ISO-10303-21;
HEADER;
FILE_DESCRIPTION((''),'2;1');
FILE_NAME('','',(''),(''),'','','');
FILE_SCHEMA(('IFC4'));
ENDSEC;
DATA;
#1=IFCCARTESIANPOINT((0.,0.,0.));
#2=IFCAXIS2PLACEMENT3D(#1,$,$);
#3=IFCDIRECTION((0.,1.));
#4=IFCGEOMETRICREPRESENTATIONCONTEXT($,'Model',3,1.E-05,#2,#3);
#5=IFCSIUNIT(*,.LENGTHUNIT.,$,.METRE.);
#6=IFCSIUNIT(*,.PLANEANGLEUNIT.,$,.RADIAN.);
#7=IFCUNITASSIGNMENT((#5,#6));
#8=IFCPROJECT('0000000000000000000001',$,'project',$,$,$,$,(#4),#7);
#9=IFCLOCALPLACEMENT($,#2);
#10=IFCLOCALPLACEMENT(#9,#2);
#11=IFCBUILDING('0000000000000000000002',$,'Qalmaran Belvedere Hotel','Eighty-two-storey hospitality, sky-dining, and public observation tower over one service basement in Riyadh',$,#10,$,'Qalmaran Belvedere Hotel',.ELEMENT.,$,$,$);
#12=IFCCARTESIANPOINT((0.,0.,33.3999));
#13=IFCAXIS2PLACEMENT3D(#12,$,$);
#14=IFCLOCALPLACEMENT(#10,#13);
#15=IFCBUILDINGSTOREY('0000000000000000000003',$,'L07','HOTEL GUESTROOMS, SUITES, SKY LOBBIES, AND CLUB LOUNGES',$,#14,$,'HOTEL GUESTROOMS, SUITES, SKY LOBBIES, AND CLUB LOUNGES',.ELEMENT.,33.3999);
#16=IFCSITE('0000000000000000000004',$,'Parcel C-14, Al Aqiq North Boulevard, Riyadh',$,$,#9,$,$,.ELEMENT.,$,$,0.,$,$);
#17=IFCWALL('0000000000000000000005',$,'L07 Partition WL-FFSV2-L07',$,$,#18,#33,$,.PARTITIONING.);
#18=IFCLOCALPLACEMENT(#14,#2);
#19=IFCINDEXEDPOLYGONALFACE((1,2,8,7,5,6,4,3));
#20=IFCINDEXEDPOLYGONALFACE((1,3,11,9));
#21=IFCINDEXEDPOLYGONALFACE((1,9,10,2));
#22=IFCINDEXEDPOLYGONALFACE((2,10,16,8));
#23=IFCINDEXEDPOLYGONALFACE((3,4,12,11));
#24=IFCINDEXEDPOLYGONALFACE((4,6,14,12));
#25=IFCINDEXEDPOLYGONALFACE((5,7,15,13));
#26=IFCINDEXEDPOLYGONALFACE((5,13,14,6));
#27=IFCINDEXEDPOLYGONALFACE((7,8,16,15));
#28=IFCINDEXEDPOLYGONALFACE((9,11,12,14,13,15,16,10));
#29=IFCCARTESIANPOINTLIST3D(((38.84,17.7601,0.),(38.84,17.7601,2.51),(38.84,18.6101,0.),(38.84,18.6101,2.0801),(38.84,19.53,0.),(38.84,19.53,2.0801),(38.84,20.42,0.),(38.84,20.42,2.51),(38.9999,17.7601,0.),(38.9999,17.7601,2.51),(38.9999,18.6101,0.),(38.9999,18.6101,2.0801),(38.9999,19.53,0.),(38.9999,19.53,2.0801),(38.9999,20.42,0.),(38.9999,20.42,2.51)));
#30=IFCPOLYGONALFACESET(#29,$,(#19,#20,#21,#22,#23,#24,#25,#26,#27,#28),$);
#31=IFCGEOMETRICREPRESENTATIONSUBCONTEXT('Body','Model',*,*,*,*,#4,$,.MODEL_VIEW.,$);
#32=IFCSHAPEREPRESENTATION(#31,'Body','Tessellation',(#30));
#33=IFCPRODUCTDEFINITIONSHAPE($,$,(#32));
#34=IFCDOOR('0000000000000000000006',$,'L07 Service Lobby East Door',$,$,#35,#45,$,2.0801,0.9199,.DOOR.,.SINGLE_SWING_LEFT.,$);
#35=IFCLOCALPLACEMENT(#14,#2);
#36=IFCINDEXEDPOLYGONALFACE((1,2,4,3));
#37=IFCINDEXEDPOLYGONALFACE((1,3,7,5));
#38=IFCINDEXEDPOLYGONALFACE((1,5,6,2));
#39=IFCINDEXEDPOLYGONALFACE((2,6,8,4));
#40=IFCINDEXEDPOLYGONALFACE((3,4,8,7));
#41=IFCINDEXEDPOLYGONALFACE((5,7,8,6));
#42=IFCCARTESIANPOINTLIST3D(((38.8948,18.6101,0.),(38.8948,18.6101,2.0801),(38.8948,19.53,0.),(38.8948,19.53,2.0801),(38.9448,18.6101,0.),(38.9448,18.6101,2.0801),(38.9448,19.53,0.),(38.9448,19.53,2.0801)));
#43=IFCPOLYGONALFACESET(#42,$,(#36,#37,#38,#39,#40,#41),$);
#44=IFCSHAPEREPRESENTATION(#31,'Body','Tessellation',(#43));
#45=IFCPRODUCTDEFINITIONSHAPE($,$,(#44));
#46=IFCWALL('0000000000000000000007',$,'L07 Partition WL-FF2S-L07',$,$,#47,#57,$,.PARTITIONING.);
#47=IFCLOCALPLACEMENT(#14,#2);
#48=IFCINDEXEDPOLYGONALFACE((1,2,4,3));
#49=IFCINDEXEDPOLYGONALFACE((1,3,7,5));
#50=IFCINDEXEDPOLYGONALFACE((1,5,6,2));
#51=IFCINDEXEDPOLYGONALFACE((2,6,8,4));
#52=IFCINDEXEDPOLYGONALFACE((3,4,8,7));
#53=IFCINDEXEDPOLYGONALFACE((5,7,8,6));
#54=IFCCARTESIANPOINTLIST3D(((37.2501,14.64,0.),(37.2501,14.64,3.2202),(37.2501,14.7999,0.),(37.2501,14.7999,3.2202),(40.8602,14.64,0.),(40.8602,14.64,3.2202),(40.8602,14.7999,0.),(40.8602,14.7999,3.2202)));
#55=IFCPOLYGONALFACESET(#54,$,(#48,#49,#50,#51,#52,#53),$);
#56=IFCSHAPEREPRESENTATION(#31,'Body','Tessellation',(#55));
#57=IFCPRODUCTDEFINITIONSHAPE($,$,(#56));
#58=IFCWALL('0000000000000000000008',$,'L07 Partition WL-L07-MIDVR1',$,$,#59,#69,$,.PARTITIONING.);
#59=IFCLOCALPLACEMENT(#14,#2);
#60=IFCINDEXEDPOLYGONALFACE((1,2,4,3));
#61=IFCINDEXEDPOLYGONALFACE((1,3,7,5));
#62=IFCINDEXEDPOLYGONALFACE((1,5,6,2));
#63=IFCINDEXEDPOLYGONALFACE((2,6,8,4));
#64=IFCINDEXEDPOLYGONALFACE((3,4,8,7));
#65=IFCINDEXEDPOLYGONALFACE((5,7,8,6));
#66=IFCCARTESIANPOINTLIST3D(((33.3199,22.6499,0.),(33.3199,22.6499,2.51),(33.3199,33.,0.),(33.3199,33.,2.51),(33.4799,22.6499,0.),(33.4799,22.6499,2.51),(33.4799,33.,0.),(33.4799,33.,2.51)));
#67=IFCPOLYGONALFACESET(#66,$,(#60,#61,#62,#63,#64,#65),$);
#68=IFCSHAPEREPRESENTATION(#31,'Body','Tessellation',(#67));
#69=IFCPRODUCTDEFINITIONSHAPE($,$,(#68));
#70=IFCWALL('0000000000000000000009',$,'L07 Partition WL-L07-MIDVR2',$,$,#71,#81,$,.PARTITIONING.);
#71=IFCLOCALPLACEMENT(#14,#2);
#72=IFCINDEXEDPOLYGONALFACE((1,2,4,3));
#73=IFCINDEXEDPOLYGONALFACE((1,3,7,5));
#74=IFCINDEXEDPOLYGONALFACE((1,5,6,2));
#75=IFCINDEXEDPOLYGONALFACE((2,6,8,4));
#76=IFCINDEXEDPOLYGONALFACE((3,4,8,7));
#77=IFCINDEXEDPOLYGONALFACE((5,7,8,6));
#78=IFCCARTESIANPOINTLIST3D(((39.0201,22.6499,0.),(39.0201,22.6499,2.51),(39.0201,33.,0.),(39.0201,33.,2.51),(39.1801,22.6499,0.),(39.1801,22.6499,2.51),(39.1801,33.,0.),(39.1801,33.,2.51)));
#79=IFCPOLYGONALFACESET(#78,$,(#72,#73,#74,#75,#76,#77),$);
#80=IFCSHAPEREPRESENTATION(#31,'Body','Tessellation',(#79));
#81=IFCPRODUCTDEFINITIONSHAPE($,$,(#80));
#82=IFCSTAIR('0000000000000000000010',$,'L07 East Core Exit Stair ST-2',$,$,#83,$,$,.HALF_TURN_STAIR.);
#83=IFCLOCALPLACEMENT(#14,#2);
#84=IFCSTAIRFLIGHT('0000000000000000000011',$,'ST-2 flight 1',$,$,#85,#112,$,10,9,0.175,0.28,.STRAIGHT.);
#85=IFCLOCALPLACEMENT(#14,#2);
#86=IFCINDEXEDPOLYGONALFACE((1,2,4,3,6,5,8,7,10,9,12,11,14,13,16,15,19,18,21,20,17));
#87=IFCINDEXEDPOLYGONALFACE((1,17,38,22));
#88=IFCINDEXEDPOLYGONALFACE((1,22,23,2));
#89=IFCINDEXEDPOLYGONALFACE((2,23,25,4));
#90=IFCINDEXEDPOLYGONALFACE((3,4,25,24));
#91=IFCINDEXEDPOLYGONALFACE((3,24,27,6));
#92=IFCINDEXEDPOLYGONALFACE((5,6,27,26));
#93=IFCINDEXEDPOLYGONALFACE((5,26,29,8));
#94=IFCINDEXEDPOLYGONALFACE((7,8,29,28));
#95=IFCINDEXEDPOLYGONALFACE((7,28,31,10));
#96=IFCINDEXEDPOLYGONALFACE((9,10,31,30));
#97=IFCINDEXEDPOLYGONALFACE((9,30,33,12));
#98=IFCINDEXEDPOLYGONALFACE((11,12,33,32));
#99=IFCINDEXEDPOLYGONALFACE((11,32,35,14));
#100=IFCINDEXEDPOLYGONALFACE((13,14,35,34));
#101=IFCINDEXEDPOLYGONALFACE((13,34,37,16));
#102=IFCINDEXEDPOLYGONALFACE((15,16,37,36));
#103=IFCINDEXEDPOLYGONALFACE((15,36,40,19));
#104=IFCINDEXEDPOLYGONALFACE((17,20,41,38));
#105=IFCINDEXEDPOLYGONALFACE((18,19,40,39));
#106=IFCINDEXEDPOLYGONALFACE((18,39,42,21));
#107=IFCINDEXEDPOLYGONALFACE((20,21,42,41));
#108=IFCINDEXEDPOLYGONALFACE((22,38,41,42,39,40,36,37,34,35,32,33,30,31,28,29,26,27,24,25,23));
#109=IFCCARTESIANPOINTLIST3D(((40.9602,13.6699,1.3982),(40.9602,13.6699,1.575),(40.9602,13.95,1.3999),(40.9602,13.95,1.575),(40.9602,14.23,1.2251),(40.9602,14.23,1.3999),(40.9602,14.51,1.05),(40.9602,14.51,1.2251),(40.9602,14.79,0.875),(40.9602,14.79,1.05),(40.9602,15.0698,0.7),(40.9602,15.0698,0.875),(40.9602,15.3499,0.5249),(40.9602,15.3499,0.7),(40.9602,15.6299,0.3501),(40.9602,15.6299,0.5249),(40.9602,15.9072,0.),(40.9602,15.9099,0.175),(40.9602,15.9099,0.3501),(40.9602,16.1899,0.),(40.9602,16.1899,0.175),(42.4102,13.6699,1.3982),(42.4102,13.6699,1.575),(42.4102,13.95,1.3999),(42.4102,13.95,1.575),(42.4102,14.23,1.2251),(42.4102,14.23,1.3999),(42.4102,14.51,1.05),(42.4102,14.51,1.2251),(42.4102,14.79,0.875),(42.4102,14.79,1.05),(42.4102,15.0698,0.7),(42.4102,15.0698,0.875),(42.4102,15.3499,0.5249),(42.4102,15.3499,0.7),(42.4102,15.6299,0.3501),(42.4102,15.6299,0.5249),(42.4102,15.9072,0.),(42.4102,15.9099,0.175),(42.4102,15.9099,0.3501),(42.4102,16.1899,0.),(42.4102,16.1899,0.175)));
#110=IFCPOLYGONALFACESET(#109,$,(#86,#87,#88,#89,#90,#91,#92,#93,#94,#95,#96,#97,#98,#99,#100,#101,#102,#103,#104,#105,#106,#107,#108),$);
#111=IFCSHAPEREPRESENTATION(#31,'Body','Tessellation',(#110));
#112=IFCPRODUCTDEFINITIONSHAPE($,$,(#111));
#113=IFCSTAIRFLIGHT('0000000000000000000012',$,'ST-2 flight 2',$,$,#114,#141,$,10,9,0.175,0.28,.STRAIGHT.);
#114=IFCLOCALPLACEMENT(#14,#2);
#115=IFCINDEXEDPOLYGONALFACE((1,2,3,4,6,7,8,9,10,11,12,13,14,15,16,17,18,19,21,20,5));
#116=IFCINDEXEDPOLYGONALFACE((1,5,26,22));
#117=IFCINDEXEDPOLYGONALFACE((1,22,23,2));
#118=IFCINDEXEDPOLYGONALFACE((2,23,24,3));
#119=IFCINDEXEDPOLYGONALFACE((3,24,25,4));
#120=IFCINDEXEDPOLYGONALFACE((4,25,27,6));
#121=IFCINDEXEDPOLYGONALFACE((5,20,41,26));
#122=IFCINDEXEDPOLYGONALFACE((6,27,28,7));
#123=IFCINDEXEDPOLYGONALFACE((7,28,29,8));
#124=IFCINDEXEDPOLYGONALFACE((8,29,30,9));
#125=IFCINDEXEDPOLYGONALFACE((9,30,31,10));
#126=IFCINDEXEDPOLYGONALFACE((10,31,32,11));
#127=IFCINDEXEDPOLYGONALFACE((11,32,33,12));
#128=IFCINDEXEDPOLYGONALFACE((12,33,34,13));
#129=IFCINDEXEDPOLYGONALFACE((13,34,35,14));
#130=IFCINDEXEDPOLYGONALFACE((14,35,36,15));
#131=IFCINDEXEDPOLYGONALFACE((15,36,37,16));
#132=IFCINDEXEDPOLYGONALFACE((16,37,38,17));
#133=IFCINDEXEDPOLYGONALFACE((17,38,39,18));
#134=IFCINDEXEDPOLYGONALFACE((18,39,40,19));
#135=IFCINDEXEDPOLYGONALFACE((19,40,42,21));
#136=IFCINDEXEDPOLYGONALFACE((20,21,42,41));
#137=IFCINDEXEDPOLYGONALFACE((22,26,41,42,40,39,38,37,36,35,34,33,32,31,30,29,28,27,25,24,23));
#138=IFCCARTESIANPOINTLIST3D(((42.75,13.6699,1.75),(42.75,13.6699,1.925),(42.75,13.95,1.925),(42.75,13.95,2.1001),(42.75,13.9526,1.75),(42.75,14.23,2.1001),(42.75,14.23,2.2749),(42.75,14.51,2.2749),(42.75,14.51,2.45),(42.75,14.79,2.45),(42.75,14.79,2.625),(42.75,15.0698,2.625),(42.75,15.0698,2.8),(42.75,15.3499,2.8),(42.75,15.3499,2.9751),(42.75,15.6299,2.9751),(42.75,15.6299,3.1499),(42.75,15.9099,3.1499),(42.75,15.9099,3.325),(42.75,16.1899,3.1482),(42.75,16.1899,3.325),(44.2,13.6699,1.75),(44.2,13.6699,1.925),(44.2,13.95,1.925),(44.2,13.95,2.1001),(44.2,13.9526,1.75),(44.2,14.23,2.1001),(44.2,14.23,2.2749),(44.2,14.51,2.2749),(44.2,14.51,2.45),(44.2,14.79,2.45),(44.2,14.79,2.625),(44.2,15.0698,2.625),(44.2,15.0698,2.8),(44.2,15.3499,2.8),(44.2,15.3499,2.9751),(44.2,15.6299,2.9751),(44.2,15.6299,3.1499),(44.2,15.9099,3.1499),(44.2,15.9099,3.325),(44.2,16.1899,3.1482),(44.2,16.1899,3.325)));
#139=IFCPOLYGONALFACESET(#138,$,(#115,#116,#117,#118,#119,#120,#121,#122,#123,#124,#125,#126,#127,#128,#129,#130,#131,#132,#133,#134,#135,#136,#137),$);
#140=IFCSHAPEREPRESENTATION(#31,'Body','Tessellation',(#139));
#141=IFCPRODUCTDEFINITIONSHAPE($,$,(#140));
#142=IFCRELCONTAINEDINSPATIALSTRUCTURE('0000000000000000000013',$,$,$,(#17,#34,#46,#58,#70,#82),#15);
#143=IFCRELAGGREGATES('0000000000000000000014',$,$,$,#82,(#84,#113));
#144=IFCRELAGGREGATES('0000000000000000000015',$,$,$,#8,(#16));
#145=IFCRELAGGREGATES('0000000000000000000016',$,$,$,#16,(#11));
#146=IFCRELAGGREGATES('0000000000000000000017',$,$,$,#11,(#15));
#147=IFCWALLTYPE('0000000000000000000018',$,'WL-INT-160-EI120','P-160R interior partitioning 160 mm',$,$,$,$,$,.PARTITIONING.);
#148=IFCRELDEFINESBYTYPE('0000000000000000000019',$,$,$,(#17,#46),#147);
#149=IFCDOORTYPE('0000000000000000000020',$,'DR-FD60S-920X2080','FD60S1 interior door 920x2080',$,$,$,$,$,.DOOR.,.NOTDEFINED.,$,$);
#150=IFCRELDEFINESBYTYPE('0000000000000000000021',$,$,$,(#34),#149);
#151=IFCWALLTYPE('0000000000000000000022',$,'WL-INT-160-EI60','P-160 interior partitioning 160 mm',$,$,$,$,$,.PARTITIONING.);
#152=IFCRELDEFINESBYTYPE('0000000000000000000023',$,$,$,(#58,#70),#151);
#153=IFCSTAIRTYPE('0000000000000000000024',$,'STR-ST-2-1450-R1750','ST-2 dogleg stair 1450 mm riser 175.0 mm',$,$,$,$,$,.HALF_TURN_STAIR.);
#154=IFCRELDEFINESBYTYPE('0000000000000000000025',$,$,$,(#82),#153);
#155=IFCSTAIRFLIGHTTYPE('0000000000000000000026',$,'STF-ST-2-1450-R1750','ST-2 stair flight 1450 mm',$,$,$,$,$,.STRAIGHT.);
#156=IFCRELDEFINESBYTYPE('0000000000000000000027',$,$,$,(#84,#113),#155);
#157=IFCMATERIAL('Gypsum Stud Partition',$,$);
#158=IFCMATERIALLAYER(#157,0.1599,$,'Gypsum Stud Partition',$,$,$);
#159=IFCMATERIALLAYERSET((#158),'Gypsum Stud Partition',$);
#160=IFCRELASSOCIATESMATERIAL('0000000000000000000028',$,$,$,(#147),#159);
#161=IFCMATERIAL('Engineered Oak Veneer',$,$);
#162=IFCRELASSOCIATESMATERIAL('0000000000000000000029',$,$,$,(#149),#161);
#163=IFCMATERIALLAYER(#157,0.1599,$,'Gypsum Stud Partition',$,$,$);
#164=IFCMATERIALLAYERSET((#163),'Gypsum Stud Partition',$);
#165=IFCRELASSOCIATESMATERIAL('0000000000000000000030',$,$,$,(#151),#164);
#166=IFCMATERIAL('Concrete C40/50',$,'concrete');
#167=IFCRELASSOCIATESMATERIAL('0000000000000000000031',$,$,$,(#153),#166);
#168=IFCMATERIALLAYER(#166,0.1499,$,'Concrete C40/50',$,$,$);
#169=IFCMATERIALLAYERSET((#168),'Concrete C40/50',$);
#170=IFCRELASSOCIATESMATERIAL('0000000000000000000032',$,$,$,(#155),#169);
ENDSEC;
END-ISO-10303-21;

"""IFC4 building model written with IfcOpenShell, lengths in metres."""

from ifc_helpers import new_model, si_unit, direction, frame, frame_2d, origin, place, context, subcontext, project, spatial, polyline, rectangle, outline, extrude, material, layer, layer_set, type_object, element, fill, aggregate, save


model = new_model("IFC4")

# Units and contexts
model_context = context("Model", 3, precision=1e-05, world=origin(), true_north=direction((0.0, 1.0)))
body_context = subcontext(model_context, "Body", "Model", "MODEL_VIEW")
ifc_project = project(units=[si_unit("LENGTHUNIT", "METRE"), si_unit("PLANEANGLEUNIT", "RADIAN")], contexts=[model_context])

# Site, building, storey
site_placement = place(None, origin())
site = spatial("IfcSite", under=ifc_project, at=site_placement, Name="Parcel C-14, Al Aqiq North Boulevard, Riyadh", CompositionType="ELEMENT", RefElevation=0.0)
building_placement = place(site_placement, origin())
building = spatial("IfcBuilding", under=site, at=building_placement, Name="Qalmaran Belvedere Hotel", Description="Eighty-two-storey hospitality, sky-dining, and public observation tower over one service basement in Riyadh", LongName="Qalmaran Belvedere Hotel", CompositionType="ELEMENT")
storey_placement = place(building_placement, frame((0.0, 0.0, 33.3999)))
storey = spatial("IfcBuildingStorey", under=building, at=storey_placement, Name="L07", Description="HOTEL GUESTROOMS, SUITES, SKY LOBBIES, AND CLUB LOUNGES", LongName="HOTEL GUESTROOMS, SUITES, SKY LOBBIES, AND CLUB LOUNGES", CompositionType="ELEMENT", Elevation=33.3999)

# Shared definitions
ifc_material_1 = material(Name="Gypsum Stud Partition")

# Wall, opening, door
ifc_layer_1 = layer(ifc_material_1, 0.1599, Name="Gypsum Stud Partition")
ifc_layer_set_1 = layer_set([ifc_layer_1], Name="Gypsum Stud Partition")
wall_type_1 = type_object("IfcWallType", Name="WL-INT-160-EI120", Description="P-160R interior partitioning 160 mm", PredefinedType="PARTITIONING", material=ifc_layer_set_1)
wall_1_placement = place(storey_placement, frame((38.9199, 17.76, 0.0), z_axis=(0.0, 0.0, 1.0), x_axis=(0.0, 1.0, 0.0)))
wall_1 = element("IfcWall", 1, at=wall_1_placement, inside=storey, type_object=wall_type_1, Name="L07 Partition WL-FFSV2-L07", PredefinedType="PARTITIONING", context=body_context, shape_type="SweptSolid", body=[
    extrude(rectangle(XDim=2.6599, YDim=0.1599, at=frame_2d((1.3301, 0.0))), origin(), (0.0, 0.0, 1.0), 2.51),
])
opening_1_placement = place(wall_1_placement, frame((1.77, 0.0, 0.0), z_axis=(0.0, 0.0, 1.0), x_axis=(-1.0, 0.0, 0.0)))
opening_1 = element("IfcOpeningElement", 2, at=opening_1_placement, cuts=wall_1, PredefinedType="OPENING", context=body_context, shape_type="SweptSolid", body=[
    extrude(rectangle(XDim=0.9199, YDim=2.0801, at=frame_2d((0.46, 1.04))), frame((0.0, 0.0898, 0.0), z_axis=(0.0, -1.0, 0.0), x_axis=(1.0, 0.0, 0.0)), (0.0, 0.0, 1.0), 0.1799),
])
ifc_material_2 = material(Name="Engineered Oak Veneer")
door_type_1 = type_object("IfcDoorType", Name="DR-FD60S-920X2080", Description="FD60S1 interior door 920x2080", OperationType="NOTDEFINED", PredefinedType="DOOR", material=ifc_material_2)
door_1_placement = place(opening_1_placement, origin())
door_1 = element("IfcDoor", 3, at=door_1_placement, inside=storey, type_object=door_type_1, Name="L07 Service Lobby East Door", OperationType="SINGLE_SWING_LEFT", OverallHeight=2.0801, OverallWidth=0.9199, PredefinedType="DOOR", context=body_context, shape_type="SweptSolid", body=[
    extrude(rectangle(XDim=0.9199, YDim=2.0801, at=frame_2d((0.46, 1.04))), frame((0.0, 0.0249, 0.0), z_axis=(0.0, -1.0, 0.0), x_axis=(1.0, 0.0, 0.0)), (0.0, 0.0, 1.0), 0.05),
])
fill(opening_1, door_1)

# Walls
wall_2_placement = place(storey_placement, frame((37.25, 14.72, 0.0), z_axis=(0.0, 0.0, 1.0), x_axis=(1.0, 0.0, 0.0)))
element("IfcWall", 4, at=wall_2_placement, inside=storey, type_object=wall_type_1, Name="L07 Partition WL-FF2S-L07", PredefinedType="PARTITIONING", context=body_context, shape_type="SweptSolid", body=[
    extrude(rectangle(XDim=3.6101, YDim=0.1599, at=frame_2d((1.8052, 0.0))), origin(), (0.0, 0.0, 1.0), 3.2202),
])
ifc_layer_2 = layer(ifc_material_1, 0.1599, Name="Gypsum Stud Partition")
ifc_layer_set_2 = layer_set([ifc_layer_2], Name="Gypsum Stud Partition")
wall_type_2 = type_object("IfcWallType", Name="WL-INT-160-EI60", Description="P-160 interior partitioning 160 mm", PredefinedType="PARTITIONING", material=ifc_layer_set_2)
for number, where, z_axis, x_axis, name in (
    (5, (33.3999, 22.6499, 0.0), (0.0, 0.0, 1.0), (0.0, 1.0, 0.0), "L07 Partition WL-L07-MIDVR1"),
    (6, (39.1001, 22.6499, 0.0), (0.0, 0.0, 1.0), (0.0, 1.0, 0.0), "L07 Partition WL-L07-MIDVR2"),
):
    element("IfcWall", number, at=place(storey_placement, frame(where, z_axis=z_axis, x_axis=x_axis)), inside=storey, type_object=wall_type_2, Name=name, PredefinedType="PARTITIONING", context=body_context, shape_type="SweptSolid", body=[
        extrude(rectangle(XDim=10.3501, YDim=0.1599, at=frame_2d((5.175, 0.0))), origin(), (0.0, 0.0, 1.0), 2.51),
    ])

# Stair, stair flights
ifc_material_3 = material(Name="Concrete C40/50", Category="concrete")
stair_type = type_object("IfcStairType", Name="STR-ST-2-1450-R1750", Description="ST-2 dogleg stair 1450 mm riser 175.0 mm", PredefinedType="HALF_TURN_STAIR", material=ifc_material_3)
stair_placement = place(storey_placement, origin())
stair = element("IfcStair", 7, at=stair_placement, inside=storey, type_object=stair_type, Name="L07 East Core Exit Stair ST-2", PredefinedType="HALF_TURN_STAIR")
ifc_layer_3 = layer(ifc_material_3, 0.1499, Name="Concrete C40/50")
ifc_layer_set_3 = layer_set([ifc_layer_3], Name="Concrete C40/50")
stair_flight_type = type_object("IfcStairFlightType", Name="STF-ST-2-1450-R1750", Description="ST-2 stair flight 1450 mm", PredefinedType="STRAIGHT", material=ifc_layer_set_3)
stair_flight_1_placement = place(storey_placement, frame((41.6851, 16.1899, 0.0), z_axis=(0.0, 0.0, 1.0), x_axis=(0.0, -1.0, 0.0)))
stair_flight_1 = element("IfcStairFlight", 8, at=stair_flight_1_placement, type_object=stair_flight_type, Name="ST-2 flight 1", NumberOfRisers=10, NumberOfTreads=9, PredefinedType="STRAIGHT", RiserHeight=0.175, TreadLength=0.28, context=body_context, shape_type="SweptSolid", body=[
    extrude(outline(polyline([(0.0, 0.0), (0.0, 0.175), (0.28, 0.175), (0.28, 0.3501), (0.5601, 0.3501), (0.5601, 0.5249), (0.8401, 0.5249), (0.8401, 0.7), (1.1201, 0.7), (1.1201, 0.875), (1.3999, 0.875), (1.3999, 1.05), (1.6799, 1.05), (1.6799, 1.2251), (1.96, 1.2251), (1.96, 1.3999), (2.24, 1.3999), (2.24, 1.575), (2.52, 1.575), (2.52, 1.75), (2.52, 1.3982), (0.2827, 0.0), (0.0, 0.0)])), frame((0.0, 0.7251, 0.0), z_axis=(0.0, -1.0, 0.0), x_axis=(1.0, 0.0, 0.0)), (0.0, 0.0, 1.0), 1.45),
])
stair_flight_2_placement = place(storey_placement, frame((43.4751, 13.6699, 1.75), z_axis=(0.0, 0.0, 1.0), x_axis=(0.0, 1.0, 0.0)))
stair_flight_2 = element("IfcStairFlight", 9, at=stair_flight_2_placement, type_object=stair_flight_type, Name="ST-2 flight 2", NumberOfRisers=10, NumberOfTreads=9, PredefinedType="STRAIGHT", RiserHeight=0.175, TreadLength=0.28, context=body_context, shape_type="SweptSolid", body=[
    extrude(outline(polyline([(0.0, 0.0), (0.0, 0.175), (0.28, 0.175), (0.28, 0.3501), (0.5601, 0.3501), (0.5601, 0.5249), (0.8401, 0.5249), (0.8401, 0.7), (1.1201, 0.7), (1.1201, 0.875), (1.3999, 0.875), (1.3999, 1.05), (1.6799, 1.05), (1.6799, 1.2251), (1.96, 1.2251), (1.96, 1.3999), (2.24, 1.3999), (2.24, 1.575), (2.52, 1.575), (2.52, 1.75), (2.52, 1.3982), (0.2827, 0.0), (0.0, 0.0)])), frame((0.0, 0.7251, 0.0), z_axis=(0.0, -1.0, 0.0), x_axis=(1.0, 0.0, 0.0)), (0.0, 0.0, 1.0), 1.45),
])
aggregate(stair, [stair_flight_1, stair_flight_2])

save(model, "model.ifc")
